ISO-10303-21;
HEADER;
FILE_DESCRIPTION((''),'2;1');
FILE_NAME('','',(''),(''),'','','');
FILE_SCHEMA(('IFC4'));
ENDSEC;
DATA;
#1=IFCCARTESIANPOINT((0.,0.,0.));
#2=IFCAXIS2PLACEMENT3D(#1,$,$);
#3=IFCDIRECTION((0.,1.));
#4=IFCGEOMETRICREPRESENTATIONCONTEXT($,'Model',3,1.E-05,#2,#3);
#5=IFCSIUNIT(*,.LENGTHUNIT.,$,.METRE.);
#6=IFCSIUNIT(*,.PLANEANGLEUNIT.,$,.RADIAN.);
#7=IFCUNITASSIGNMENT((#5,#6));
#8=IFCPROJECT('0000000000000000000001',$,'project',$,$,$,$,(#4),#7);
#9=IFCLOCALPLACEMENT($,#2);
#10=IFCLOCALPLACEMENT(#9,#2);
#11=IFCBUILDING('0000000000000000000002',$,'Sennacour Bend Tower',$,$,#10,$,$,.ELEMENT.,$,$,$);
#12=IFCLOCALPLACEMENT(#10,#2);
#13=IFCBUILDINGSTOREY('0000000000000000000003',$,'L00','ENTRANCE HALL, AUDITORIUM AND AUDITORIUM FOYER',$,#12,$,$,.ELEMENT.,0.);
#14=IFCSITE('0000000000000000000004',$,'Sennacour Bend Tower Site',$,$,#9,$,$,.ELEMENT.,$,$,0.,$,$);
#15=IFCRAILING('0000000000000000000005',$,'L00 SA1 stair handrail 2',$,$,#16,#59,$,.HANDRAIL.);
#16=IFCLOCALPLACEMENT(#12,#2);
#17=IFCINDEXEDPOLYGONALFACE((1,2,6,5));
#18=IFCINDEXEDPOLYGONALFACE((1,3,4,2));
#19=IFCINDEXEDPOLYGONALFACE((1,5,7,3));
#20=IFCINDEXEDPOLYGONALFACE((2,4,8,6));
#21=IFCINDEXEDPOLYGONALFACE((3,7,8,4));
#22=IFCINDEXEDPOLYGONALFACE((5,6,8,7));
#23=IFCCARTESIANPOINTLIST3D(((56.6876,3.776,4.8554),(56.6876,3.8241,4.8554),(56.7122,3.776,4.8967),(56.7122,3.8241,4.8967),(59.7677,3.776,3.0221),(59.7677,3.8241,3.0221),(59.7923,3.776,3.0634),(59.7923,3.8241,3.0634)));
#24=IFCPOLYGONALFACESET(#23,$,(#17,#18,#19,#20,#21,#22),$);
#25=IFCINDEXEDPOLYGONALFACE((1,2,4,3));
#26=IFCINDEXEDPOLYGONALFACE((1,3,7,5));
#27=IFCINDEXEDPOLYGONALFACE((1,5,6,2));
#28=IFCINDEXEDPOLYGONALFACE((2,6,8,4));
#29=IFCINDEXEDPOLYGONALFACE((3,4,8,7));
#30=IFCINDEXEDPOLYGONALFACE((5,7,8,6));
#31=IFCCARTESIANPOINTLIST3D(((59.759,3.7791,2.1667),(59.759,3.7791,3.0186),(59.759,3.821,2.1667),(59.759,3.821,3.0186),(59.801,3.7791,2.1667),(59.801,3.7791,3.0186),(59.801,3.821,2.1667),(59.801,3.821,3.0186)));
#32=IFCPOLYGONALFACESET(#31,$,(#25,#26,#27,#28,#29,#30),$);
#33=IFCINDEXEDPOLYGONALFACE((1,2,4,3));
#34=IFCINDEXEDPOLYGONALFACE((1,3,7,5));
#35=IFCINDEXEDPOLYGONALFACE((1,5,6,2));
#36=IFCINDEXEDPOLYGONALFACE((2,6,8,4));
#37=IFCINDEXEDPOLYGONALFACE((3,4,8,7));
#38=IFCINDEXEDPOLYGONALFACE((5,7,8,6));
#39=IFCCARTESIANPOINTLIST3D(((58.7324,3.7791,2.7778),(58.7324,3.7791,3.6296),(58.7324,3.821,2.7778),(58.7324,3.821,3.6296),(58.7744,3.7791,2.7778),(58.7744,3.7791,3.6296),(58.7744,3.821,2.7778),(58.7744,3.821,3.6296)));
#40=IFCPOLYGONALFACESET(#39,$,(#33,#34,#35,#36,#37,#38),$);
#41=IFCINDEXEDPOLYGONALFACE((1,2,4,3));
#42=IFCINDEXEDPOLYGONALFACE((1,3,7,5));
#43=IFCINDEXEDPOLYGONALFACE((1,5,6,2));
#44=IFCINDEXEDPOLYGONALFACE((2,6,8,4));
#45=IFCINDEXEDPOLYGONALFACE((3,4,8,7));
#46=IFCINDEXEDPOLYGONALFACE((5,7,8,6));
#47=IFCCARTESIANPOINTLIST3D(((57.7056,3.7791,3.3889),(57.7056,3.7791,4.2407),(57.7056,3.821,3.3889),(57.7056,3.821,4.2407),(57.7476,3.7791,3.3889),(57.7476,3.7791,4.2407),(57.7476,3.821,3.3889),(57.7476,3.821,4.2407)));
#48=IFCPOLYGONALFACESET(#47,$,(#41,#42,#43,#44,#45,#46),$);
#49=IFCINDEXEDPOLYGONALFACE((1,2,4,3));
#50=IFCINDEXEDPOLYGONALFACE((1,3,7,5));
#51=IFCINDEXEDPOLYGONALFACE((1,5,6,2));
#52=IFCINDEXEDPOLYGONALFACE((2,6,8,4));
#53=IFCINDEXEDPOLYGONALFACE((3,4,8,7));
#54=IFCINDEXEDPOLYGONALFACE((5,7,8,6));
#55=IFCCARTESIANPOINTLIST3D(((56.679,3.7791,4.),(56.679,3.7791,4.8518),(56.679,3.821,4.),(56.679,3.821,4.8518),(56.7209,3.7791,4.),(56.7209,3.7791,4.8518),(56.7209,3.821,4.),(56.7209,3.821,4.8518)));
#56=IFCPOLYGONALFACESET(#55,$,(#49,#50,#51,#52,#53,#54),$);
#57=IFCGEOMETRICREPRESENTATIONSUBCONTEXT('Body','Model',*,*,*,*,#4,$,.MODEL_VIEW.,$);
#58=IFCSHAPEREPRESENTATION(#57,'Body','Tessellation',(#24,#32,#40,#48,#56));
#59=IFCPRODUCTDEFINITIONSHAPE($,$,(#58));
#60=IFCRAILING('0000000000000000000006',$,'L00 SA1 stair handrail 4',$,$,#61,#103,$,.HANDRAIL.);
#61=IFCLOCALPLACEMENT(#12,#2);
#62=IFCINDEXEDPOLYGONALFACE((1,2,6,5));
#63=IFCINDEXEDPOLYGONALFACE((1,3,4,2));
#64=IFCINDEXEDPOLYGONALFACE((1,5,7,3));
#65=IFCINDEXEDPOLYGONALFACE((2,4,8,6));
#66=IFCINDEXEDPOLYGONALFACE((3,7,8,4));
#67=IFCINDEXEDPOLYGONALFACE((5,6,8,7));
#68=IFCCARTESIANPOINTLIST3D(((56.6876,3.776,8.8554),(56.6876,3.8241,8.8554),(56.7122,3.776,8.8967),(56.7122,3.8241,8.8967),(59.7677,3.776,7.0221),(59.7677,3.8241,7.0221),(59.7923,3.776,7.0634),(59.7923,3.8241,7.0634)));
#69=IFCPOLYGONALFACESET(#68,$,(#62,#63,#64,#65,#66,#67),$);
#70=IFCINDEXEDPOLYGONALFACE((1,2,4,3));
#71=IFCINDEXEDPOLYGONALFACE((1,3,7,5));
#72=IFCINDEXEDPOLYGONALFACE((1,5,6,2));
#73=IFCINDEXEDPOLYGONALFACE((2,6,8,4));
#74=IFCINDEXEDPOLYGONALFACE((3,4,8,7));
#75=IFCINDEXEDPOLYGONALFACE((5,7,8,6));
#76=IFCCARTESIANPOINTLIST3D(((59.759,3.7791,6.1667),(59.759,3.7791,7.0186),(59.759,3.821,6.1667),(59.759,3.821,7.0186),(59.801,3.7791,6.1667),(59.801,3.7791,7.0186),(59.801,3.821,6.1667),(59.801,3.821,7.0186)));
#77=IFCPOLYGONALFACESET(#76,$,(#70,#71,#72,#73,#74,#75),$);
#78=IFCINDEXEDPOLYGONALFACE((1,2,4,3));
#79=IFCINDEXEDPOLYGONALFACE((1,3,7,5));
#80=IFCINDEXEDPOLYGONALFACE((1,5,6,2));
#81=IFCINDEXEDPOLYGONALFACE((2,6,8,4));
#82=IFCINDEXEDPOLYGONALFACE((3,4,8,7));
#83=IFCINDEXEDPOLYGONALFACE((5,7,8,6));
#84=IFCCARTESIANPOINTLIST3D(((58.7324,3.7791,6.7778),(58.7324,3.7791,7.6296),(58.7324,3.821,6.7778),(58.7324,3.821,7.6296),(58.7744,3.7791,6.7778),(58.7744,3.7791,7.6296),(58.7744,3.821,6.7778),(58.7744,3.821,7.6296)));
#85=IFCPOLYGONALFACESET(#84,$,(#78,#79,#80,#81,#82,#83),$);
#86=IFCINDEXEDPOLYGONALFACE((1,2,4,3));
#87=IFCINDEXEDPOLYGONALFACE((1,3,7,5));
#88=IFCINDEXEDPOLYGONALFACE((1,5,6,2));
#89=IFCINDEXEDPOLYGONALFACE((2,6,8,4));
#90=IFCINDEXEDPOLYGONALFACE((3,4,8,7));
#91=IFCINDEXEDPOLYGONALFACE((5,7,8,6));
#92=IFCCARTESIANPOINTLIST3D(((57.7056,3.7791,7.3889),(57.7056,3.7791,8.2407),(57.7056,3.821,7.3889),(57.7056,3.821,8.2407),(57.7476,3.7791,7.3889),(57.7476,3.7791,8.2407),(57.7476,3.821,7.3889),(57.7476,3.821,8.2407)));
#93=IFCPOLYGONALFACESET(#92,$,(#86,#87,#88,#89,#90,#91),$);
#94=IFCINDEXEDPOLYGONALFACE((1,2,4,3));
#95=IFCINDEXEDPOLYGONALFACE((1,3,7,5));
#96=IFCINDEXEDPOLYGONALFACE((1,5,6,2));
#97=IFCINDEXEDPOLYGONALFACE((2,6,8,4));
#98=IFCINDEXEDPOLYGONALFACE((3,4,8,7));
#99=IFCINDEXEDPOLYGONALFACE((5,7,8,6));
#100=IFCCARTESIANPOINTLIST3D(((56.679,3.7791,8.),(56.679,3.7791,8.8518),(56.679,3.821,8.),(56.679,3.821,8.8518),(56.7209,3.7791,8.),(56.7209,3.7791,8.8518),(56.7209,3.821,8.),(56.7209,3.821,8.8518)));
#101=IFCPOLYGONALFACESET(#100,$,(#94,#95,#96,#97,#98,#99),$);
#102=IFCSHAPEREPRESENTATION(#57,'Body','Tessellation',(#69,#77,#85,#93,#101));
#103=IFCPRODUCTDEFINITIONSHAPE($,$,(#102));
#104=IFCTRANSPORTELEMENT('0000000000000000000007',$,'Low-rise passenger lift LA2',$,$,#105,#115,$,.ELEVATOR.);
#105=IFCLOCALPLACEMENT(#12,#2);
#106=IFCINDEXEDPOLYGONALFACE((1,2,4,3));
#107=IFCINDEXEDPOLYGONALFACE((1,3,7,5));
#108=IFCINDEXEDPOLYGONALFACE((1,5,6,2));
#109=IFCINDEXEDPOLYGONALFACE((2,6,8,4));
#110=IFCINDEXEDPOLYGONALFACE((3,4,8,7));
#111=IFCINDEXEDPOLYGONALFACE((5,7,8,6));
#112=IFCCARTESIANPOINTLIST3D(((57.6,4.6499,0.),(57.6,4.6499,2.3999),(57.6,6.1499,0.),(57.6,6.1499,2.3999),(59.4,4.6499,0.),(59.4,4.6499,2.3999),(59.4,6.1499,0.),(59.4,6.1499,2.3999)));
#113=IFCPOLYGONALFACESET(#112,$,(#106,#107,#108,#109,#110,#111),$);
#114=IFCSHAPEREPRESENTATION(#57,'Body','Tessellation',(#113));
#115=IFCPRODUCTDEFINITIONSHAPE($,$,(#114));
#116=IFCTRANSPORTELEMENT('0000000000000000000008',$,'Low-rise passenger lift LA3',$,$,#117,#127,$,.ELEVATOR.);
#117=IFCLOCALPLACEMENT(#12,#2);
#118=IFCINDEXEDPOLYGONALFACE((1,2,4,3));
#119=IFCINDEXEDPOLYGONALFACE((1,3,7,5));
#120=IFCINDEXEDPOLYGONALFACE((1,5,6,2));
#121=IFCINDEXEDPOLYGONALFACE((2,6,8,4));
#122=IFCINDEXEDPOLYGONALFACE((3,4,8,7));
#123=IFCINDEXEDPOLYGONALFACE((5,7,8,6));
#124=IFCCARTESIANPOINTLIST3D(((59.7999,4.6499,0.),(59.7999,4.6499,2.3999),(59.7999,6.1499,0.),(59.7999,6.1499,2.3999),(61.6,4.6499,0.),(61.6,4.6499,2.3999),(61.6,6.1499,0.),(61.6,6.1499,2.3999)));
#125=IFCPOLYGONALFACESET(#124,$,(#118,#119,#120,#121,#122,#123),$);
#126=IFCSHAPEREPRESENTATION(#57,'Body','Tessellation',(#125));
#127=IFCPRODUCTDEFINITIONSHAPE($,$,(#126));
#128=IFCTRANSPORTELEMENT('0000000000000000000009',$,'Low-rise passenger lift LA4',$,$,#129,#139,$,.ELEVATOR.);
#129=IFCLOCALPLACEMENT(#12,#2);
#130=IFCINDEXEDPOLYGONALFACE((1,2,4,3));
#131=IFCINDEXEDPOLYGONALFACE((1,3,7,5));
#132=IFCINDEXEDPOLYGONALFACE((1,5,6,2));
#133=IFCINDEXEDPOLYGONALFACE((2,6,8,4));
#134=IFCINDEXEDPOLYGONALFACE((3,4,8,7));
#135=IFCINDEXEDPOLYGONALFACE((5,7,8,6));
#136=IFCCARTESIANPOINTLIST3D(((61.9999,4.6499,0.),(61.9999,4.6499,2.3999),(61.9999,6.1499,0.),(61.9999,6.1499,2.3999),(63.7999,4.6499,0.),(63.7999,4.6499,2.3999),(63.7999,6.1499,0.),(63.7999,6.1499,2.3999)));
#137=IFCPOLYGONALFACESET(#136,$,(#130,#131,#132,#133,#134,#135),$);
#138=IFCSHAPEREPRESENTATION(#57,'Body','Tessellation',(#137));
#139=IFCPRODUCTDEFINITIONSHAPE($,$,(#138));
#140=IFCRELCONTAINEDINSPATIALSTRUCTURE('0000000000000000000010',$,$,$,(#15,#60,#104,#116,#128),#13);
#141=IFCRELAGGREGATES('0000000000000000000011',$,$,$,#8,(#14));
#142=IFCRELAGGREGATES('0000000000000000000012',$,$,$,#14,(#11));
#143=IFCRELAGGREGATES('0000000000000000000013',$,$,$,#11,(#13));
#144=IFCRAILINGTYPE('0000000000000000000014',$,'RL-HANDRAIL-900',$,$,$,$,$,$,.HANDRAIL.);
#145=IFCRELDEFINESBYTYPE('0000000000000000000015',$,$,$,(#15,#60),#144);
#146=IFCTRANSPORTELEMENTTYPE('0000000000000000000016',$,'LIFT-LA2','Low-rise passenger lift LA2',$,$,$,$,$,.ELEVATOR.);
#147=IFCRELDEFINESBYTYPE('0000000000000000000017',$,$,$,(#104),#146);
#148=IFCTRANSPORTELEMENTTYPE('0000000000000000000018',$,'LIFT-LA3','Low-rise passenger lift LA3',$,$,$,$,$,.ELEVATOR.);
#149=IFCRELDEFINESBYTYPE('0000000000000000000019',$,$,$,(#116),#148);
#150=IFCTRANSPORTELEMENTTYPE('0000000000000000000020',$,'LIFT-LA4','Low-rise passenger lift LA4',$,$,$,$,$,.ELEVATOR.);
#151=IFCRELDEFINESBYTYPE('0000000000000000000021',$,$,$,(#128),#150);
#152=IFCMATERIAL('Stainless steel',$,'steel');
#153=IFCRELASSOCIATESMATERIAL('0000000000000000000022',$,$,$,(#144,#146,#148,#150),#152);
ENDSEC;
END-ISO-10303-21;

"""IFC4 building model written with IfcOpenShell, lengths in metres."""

from ifc_helpers import new_model, si_unit, direction, frame, origin, origin_2d, place, context, subcontext, project, spatial, rectangle, extrude, material, type_object, element, save


model = new_model("IFC4")

# Units and contexts
model_context = context("Model", 3, precision=1e-05, world=origin(), true_north=direction((0.0, 1.0)))
body_context = subcontext(model_context, "Body", "Model", "MODEL_VIEW")
ifc_project = project(units=[si_unit("LENGTHUNIT", "METRE"), si_unit("PLANEANGLEUNIT", "RADIAN")], contexts=[model_context])

# Site, building, storey
site_placement = place(None, origin())
site = spatial("IfcSite", under=ifc_project, at=site_placement, Name="Sennacour Bend Tower Site", CompositionType="ELEMENT", RefElevation=0.0)
building_placement = place(site_placement, origin())
building = spatial("IfcBuilding", under=site, at=building_placement, Name="Sennacour Bend Tower", CompositionType="ELEMENT")
storey_placement = place(building_placement, origin())
storey = spatial("IfcBuildingStorey", under=building, at=storey_placement, Name="L00", Description="ENTRANCE HALL, AUDITORIUM AND AUDITORIUM FOYER", CompositionType="ELEMENT", Elevation=0.0)

# Shared definitions
ifc_material_1 = material(Name="Stainless steel", Category="steel")

# Railings
railing_type = type_object("IfcRailingType", Name="RL-HANDRAIL-900", PredefinedType="HANDRAIL", material=ifc_material_1)
for number, where, name in (
    (1, (59.78, 3.8, 2.1667), "L00 SA1 stair handrail 2"),
    (2, (59.78, 3.8, 6.1667), "L00 SA1 stair handrail 4"),
):
    element("IfcRailing", number, at=place(storey_placement, frame(where)), inside=storey, type_object=railing_type, Name=name, PredefinedType="HANDRAIL", context=body_context, shape_type="SweptSolid", body=[
        extrude(rectangle(XDim=0.0481, YDim=0.0481, at=origin_2d()), frame((0.0, 0.0, 0.876), z_axis=(-0.859309, 0.0, 0.511458), x_axis=(0.0, -1.0, 0.0)), (0.0, 0.0, 1.0), 3.5845),
        extrude(rectangle(XDim=0.042, YDim=0.042, at=origin_2d()), origin(), (0.0, 0.0, 1.0), 0.8518),
        extrude(rectangle(XDim=0.042, YDim=0.042, at=origin_2d()), frame((-1.0266, 0.0, 0.6111)), (0.0, 0.0, 1.0), 0.8518),
        extrude(rectangle(XDim=0.042, YDim=0.042, at=origin_2d()), frame((-2.0535, 0.0, 1.2222)), (0.0, 0.0, 1.0), 0.8518),
        extrude(rectangle(XDim=0.042, YDim=0.042, at=origin_2d()), frame((-3.0801, 0.0, 1.8333)), (0.0, 0.0, 1.0), 0.8518),
    ])

# Transport elements
transport_element_type_1 = type_object("IfcTransportElementType", Name="LIFT-LA2", Description="Low-rise passenger lift LA2", PredefinedType="ELEVATOR", material=ifc_material_1)
transport_element_1_placement = place(storey_placement, frame((58.5, 5.3999, 0.0), z_axis=(0.0, 0.0, 1.0), x_axis=(1.0, 0.0, 0.0)))
element("IfcTransportElement", 3, at=transport_element_1_placement, inside=storey, type_object=transport_element_type_1, Name="Low-rise passenger lift LA2", PredefinedType="ELEVATOR", context=body_context, shape_type="SweptSolid", body=[
    extrude(rectangle(XDim=1.8, YDim=1.5, at=origin_2d()), origin(), (0.0, 0.0, 1.0), 2.3999),
])
transport_element_type_2 = type_object("IfcTransportElementType", Name="LIFT-LA3", Description="Low-rise passenger lift LA3", PredefinedType="ELEVATOR", material=ifc_material_1)
transport_element_2_placement = place(storey_placement, frame((60.7, 5.3999, 0.0), z_axis=(0.0, 0.0, 1.0), x_axis=(1.0, 0.0, 0.0)))
element("IfcTransportElement", 4, at=transport_element_2_placement, inside=storey, type_object=transport_element_type_2, Name="Low-rise passenger lift LA3", PredefinedType="ELEVATOR", context=body_context, shape_type="SweptSolid", body=[
    extrude(rectangle(XDim=1.8, YDim=1.5, at=origin_2d()), origin(), (0.0, 0.0, 1.0), 2.3999),
])
transport_element_type_3 = type_object("IfcTransportElementType", Name="LIFT-LA4", Description="Low-rise passenger lift LA4", PredefinedType="ELEVATOR", material=ifc_material_1)
transport_element_3_placement = place(storey_placement, frame((62.8999, 5.3999, 0.0), z_axis=(0.0, 0.0, 1.0), x_axis=(1.0, 0.0, 0.0)))
element("IfcTransportElement", 5, at=transport_element_3_placement, inside=storey, type_object=transport_element_type_3, Name="Low-rise passenger lift LA4", PredefinedType="ELEVATOR", context=body_context, shape_type="SweptSolid", body=[
    extrude(rectangle(XDim=1.8, YDim=1.5, at=origin_2d()), origin(), (0.0, 0.0, 1.0), 2.3999),
])

save(model, "model.ifc")
